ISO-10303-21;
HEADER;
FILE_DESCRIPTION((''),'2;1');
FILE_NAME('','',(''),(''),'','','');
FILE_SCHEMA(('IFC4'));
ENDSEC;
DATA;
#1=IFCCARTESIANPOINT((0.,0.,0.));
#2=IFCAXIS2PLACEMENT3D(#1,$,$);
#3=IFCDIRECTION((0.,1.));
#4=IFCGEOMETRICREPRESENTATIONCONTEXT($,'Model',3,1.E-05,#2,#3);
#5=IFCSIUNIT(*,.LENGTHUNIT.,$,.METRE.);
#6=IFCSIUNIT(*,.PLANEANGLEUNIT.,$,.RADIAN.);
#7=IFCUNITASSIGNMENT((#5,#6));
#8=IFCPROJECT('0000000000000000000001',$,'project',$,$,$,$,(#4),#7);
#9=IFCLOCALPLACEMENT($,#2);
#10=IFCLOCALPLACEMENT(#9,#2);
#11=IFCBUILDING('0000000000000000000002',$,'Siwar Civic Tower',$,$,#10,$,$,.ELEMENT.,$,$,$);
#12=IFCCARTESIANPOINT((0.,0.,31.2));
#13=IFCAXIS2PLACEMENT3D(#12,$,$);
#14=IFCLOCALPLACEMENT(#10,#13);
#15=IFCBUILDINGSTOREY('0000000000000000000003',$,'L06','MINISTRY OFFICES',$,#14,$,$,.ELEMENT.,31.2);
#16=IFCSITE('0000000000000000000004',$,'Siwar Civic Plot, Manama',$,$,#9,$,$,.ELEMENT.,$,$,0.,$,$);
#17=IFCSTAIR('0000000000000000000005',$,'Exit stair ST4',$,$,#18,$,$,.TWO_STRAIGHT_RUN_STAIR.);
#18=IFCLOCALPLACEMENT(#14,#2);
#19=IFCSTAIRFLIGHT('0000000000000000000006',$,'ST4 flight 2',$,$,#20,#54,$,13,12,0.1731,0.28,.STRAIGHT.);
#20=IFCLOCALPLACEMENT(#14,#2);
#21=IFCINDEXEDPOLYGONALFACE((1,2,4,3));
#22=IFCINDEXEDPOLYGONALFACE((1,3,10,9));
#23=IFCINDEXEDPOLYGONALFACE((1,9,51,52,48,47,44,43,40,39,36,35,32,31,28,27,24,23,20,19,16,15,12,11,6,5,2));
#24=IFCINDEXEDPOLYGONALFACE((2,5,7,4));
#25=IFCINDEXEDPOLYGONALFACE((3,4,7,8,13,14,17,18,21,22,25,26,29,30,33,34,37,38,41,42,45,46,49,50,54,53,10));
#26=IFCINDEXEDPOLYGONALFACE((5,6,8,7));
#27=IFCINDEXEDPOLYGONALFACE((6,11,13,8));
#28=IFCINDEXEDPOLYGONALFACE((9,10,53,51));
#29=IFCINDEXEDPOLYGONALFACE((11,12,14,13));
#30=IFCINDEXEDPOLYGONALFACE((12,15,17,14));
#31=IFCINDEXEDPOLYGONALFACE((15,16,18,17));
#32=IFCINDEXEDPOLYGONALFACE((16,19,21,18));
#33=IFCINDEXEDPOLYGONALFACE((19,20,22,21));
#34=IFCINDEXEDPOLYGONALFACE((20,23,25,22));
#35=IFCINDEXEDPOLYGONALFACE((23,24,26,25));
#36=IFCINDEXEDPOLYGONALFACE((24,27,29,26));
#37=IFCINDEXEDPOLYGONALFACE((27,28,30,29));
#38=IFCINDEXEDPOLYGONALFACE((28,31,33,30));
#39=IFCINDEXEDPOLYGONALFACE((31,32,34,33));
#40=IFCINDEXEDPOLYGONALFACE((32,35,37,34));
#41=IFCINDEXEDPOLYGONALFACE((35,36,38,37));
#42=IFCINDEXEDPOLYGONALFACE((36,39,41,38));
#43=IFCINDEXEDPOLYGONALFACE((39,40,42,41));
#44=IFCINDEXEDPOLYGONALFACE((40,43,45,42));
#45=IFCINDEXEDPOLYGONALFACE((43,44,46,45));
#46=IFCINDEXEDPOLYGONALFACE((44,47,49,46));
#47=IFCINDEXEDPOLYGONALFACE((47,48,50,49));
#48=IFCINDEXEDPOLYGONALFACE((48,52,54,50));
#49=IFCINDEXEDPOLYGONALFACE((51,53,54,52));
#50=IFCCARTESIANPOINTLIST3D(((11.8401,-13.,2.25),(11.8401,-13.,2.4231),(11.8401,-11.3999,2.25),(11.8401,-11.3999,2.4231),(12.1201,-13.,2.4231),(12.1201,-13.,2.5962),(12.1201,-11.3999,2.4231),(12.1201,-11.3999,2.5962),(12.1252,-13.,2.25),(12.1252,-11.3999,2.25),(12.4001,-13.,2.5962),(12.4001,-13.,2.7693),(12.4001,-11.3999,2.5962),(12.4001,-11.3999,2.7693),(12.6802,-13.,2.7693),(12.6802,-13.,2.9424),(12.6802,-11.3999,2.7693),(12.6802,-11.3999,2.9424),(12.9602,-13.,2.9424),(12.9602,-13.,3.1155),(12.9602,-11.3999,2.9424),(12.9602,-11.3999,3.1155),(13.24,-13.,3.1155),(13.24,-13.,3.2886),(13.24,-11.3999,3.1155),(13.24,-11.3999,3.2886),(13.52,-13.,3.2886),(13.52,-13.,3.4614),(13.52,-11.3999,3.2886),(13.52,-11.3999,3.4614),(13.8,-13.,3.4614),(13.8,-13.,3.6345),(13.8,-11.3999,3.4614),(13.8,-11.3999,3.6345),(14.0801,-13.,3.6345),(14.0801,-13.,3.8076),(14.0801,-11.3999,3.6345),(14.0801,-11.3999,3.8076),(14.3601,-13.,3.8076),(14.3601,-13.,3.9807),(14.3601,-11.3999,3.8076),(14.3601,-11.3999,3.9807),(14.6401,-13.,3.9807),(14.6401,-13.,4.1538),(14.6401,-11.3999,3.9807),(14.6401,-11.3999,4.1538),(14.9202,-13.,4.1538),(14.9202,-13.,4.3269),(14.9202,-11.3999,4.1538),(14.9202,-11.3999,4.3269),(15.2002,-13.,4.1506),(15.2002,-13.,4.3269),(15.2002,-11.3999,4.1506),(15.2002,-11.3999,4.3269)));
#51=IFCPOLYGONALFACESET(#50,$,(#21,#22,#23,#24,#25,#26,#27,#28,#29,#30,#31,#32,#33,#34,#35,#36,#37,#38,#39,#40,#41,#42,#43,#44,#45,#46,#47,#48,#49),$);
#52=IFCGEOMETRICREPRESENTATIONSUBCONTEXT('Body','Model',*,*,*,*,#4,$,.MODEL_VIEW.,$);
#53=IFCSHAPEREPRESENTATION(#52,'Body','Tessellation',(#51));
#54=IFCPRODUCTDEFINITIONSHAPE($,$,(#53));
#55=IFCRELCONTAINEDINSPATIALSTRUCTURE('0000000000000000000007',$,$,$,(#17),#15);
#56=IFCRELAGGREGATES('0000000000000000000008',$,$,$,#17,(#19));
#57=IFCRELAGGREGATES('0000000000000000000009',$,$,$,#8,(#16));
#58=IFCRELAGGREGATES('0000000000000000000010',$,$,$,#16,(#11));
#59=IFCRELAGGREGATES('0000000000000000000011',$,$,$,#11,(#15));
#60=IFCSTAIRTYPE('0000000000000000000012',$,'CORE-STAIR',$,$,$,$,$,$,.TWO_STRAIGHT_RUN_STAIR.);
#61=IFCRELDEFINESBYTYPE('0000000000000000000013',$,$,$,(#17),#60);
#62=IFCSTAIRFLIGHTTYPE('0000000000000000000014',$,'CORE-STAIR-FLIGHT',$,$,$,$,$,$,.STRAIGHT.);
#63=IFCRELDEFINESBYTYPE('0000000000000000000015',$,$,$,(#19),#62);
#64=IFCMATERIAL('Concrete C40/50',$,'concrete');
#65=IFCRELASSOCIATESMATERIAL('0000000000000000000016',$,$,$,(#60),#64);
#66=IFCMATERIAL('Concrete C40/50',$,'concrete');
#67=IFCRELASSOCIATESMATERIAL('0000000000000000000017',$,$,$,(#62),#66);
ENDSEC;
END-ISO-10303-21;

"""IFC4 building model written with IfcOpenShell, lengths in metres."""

from ifc_helpers import new_model, si_unit, direction, frame, origin, place, context, subcontext, project, spatial, polyline, outline, extrude, material, type_object, element, aggregate, save


model = new_model("IFC4")

# Units and contexts
model_context = context("Model", 3, precision=1e-05, world=origin(), true_north=direction((0.0, 1.0)))
body_context = subcontext(model_context, "Body", "Model", "MODEL_VIEW")
ifc_project = project(units=[si_unit("LENGTHUNIT", "METRE"), si_unit("PLANEANGLEUNIT", "RADIAN")], contexts=[model_context])

# Site, building, storey
site_placement = place(None, origin())
site = spatial("IfcSite", under=ifc_project, at=site_placement, Name="Siwar Civic Plot, Manama", CompositionType="ELEMENT", RefElevation=0.0)
building_placement = place(site_placement, origin())
building = spatial("IfcBuilding", under=site, at=building_placement, Name="Siwar Civic Tower", CompositionType="ELEMENT")
storey_placement = place(building_placement, frame((0.0, 0.0, 31.2)))
storey = spatial("IfcBuildingStorey", under=building, at=storey_placement, Name="L06", Description="MINISTRY OFFICES", CompositionType="ELEMENT", Elevation=31.2)

# Stair, stair flight
ifc_material_1 = material(Name="Concrete C40/50", Category="concrete")
stair_type = type_object("IfcStairType", Name="CORE-STAIR", PredefinedType="TWO_STRAIGHT_RUN_STAIR", material=ifc_material_1)
stair_placement = place(storey_placement, origin())
stair = element("IfcStair", 1, at=stair_placement, inside=storey, type_object=stair_type, Name="Exit stair ST4", PredefinedType="TWO_STRAIGHT_RUN_STAIR")
ifc_material_2 = material(Name="Concrete C40/50", Category="concrete")
stair_flight_type = type_object("IfcStairFlightType", Name="CORE-STAIR-FLIGHT", PredefinedType="STRAIGHT", material=ifc_material_2)
stair_flight_placement = place(storey_placement, frame((11.8401, -12.2, 2.25), z_axis=(0.0, 0.0, 1.0), x_axis=(1.0, 0.0, 0.0)))
stair_flight = element("IfcStairFlight", 2, at=stair_flight_placement, type_object=stair_flight_type, Name="ST4 flight 2", NumberOfRisers=13, NumberOfTreads=12, PredefinedType="STRAIGHT", RiserHeight=0.1731, TreadLength=0.28, context=body_context, shape_type="SweptSolid", body=[
    extrude(outline(polyline([(0.0, 0.0), (0.0, 0.1731), (0.28, 0.1731), (0.28, 0.3462), (0.5601, 0.3462), (0.5601, 0.5193), (0.8401, 0.5193), (0.8401, 0.6924), (1.1201, 0.6924), (1.1201, 0.8655), (1.3999, 0.8655), (1.3999, 1.0386), (1.6799, 1.0386), (1.6799, 1.2114), (1.96, 1.2114), (1.96, 1.3845), (2.24, 1.3845), (2.24, 1.5576), (2.52, 1.5576), (2.52, 1.7307), (2.8, 1.7307), (2.8, 1.9038), (3.0801, 1.9038), (3.0801, 2.0769), (3.3601, 2.0769), (3.3601, 2.25), (3.3601, 1.9006), (0.2852, 0.0), (0.0, 0.0)])), frame((0.0, 0.8, 0.0), z_axis=(0.0, -1.0, 0.0), x_axis=(1.0, 0.0, 0.0)), (0.0, 0.0, 1.0), 1.6001),
])
aggregate(stair, [stair_flight])

save(model, "model.ifc")
